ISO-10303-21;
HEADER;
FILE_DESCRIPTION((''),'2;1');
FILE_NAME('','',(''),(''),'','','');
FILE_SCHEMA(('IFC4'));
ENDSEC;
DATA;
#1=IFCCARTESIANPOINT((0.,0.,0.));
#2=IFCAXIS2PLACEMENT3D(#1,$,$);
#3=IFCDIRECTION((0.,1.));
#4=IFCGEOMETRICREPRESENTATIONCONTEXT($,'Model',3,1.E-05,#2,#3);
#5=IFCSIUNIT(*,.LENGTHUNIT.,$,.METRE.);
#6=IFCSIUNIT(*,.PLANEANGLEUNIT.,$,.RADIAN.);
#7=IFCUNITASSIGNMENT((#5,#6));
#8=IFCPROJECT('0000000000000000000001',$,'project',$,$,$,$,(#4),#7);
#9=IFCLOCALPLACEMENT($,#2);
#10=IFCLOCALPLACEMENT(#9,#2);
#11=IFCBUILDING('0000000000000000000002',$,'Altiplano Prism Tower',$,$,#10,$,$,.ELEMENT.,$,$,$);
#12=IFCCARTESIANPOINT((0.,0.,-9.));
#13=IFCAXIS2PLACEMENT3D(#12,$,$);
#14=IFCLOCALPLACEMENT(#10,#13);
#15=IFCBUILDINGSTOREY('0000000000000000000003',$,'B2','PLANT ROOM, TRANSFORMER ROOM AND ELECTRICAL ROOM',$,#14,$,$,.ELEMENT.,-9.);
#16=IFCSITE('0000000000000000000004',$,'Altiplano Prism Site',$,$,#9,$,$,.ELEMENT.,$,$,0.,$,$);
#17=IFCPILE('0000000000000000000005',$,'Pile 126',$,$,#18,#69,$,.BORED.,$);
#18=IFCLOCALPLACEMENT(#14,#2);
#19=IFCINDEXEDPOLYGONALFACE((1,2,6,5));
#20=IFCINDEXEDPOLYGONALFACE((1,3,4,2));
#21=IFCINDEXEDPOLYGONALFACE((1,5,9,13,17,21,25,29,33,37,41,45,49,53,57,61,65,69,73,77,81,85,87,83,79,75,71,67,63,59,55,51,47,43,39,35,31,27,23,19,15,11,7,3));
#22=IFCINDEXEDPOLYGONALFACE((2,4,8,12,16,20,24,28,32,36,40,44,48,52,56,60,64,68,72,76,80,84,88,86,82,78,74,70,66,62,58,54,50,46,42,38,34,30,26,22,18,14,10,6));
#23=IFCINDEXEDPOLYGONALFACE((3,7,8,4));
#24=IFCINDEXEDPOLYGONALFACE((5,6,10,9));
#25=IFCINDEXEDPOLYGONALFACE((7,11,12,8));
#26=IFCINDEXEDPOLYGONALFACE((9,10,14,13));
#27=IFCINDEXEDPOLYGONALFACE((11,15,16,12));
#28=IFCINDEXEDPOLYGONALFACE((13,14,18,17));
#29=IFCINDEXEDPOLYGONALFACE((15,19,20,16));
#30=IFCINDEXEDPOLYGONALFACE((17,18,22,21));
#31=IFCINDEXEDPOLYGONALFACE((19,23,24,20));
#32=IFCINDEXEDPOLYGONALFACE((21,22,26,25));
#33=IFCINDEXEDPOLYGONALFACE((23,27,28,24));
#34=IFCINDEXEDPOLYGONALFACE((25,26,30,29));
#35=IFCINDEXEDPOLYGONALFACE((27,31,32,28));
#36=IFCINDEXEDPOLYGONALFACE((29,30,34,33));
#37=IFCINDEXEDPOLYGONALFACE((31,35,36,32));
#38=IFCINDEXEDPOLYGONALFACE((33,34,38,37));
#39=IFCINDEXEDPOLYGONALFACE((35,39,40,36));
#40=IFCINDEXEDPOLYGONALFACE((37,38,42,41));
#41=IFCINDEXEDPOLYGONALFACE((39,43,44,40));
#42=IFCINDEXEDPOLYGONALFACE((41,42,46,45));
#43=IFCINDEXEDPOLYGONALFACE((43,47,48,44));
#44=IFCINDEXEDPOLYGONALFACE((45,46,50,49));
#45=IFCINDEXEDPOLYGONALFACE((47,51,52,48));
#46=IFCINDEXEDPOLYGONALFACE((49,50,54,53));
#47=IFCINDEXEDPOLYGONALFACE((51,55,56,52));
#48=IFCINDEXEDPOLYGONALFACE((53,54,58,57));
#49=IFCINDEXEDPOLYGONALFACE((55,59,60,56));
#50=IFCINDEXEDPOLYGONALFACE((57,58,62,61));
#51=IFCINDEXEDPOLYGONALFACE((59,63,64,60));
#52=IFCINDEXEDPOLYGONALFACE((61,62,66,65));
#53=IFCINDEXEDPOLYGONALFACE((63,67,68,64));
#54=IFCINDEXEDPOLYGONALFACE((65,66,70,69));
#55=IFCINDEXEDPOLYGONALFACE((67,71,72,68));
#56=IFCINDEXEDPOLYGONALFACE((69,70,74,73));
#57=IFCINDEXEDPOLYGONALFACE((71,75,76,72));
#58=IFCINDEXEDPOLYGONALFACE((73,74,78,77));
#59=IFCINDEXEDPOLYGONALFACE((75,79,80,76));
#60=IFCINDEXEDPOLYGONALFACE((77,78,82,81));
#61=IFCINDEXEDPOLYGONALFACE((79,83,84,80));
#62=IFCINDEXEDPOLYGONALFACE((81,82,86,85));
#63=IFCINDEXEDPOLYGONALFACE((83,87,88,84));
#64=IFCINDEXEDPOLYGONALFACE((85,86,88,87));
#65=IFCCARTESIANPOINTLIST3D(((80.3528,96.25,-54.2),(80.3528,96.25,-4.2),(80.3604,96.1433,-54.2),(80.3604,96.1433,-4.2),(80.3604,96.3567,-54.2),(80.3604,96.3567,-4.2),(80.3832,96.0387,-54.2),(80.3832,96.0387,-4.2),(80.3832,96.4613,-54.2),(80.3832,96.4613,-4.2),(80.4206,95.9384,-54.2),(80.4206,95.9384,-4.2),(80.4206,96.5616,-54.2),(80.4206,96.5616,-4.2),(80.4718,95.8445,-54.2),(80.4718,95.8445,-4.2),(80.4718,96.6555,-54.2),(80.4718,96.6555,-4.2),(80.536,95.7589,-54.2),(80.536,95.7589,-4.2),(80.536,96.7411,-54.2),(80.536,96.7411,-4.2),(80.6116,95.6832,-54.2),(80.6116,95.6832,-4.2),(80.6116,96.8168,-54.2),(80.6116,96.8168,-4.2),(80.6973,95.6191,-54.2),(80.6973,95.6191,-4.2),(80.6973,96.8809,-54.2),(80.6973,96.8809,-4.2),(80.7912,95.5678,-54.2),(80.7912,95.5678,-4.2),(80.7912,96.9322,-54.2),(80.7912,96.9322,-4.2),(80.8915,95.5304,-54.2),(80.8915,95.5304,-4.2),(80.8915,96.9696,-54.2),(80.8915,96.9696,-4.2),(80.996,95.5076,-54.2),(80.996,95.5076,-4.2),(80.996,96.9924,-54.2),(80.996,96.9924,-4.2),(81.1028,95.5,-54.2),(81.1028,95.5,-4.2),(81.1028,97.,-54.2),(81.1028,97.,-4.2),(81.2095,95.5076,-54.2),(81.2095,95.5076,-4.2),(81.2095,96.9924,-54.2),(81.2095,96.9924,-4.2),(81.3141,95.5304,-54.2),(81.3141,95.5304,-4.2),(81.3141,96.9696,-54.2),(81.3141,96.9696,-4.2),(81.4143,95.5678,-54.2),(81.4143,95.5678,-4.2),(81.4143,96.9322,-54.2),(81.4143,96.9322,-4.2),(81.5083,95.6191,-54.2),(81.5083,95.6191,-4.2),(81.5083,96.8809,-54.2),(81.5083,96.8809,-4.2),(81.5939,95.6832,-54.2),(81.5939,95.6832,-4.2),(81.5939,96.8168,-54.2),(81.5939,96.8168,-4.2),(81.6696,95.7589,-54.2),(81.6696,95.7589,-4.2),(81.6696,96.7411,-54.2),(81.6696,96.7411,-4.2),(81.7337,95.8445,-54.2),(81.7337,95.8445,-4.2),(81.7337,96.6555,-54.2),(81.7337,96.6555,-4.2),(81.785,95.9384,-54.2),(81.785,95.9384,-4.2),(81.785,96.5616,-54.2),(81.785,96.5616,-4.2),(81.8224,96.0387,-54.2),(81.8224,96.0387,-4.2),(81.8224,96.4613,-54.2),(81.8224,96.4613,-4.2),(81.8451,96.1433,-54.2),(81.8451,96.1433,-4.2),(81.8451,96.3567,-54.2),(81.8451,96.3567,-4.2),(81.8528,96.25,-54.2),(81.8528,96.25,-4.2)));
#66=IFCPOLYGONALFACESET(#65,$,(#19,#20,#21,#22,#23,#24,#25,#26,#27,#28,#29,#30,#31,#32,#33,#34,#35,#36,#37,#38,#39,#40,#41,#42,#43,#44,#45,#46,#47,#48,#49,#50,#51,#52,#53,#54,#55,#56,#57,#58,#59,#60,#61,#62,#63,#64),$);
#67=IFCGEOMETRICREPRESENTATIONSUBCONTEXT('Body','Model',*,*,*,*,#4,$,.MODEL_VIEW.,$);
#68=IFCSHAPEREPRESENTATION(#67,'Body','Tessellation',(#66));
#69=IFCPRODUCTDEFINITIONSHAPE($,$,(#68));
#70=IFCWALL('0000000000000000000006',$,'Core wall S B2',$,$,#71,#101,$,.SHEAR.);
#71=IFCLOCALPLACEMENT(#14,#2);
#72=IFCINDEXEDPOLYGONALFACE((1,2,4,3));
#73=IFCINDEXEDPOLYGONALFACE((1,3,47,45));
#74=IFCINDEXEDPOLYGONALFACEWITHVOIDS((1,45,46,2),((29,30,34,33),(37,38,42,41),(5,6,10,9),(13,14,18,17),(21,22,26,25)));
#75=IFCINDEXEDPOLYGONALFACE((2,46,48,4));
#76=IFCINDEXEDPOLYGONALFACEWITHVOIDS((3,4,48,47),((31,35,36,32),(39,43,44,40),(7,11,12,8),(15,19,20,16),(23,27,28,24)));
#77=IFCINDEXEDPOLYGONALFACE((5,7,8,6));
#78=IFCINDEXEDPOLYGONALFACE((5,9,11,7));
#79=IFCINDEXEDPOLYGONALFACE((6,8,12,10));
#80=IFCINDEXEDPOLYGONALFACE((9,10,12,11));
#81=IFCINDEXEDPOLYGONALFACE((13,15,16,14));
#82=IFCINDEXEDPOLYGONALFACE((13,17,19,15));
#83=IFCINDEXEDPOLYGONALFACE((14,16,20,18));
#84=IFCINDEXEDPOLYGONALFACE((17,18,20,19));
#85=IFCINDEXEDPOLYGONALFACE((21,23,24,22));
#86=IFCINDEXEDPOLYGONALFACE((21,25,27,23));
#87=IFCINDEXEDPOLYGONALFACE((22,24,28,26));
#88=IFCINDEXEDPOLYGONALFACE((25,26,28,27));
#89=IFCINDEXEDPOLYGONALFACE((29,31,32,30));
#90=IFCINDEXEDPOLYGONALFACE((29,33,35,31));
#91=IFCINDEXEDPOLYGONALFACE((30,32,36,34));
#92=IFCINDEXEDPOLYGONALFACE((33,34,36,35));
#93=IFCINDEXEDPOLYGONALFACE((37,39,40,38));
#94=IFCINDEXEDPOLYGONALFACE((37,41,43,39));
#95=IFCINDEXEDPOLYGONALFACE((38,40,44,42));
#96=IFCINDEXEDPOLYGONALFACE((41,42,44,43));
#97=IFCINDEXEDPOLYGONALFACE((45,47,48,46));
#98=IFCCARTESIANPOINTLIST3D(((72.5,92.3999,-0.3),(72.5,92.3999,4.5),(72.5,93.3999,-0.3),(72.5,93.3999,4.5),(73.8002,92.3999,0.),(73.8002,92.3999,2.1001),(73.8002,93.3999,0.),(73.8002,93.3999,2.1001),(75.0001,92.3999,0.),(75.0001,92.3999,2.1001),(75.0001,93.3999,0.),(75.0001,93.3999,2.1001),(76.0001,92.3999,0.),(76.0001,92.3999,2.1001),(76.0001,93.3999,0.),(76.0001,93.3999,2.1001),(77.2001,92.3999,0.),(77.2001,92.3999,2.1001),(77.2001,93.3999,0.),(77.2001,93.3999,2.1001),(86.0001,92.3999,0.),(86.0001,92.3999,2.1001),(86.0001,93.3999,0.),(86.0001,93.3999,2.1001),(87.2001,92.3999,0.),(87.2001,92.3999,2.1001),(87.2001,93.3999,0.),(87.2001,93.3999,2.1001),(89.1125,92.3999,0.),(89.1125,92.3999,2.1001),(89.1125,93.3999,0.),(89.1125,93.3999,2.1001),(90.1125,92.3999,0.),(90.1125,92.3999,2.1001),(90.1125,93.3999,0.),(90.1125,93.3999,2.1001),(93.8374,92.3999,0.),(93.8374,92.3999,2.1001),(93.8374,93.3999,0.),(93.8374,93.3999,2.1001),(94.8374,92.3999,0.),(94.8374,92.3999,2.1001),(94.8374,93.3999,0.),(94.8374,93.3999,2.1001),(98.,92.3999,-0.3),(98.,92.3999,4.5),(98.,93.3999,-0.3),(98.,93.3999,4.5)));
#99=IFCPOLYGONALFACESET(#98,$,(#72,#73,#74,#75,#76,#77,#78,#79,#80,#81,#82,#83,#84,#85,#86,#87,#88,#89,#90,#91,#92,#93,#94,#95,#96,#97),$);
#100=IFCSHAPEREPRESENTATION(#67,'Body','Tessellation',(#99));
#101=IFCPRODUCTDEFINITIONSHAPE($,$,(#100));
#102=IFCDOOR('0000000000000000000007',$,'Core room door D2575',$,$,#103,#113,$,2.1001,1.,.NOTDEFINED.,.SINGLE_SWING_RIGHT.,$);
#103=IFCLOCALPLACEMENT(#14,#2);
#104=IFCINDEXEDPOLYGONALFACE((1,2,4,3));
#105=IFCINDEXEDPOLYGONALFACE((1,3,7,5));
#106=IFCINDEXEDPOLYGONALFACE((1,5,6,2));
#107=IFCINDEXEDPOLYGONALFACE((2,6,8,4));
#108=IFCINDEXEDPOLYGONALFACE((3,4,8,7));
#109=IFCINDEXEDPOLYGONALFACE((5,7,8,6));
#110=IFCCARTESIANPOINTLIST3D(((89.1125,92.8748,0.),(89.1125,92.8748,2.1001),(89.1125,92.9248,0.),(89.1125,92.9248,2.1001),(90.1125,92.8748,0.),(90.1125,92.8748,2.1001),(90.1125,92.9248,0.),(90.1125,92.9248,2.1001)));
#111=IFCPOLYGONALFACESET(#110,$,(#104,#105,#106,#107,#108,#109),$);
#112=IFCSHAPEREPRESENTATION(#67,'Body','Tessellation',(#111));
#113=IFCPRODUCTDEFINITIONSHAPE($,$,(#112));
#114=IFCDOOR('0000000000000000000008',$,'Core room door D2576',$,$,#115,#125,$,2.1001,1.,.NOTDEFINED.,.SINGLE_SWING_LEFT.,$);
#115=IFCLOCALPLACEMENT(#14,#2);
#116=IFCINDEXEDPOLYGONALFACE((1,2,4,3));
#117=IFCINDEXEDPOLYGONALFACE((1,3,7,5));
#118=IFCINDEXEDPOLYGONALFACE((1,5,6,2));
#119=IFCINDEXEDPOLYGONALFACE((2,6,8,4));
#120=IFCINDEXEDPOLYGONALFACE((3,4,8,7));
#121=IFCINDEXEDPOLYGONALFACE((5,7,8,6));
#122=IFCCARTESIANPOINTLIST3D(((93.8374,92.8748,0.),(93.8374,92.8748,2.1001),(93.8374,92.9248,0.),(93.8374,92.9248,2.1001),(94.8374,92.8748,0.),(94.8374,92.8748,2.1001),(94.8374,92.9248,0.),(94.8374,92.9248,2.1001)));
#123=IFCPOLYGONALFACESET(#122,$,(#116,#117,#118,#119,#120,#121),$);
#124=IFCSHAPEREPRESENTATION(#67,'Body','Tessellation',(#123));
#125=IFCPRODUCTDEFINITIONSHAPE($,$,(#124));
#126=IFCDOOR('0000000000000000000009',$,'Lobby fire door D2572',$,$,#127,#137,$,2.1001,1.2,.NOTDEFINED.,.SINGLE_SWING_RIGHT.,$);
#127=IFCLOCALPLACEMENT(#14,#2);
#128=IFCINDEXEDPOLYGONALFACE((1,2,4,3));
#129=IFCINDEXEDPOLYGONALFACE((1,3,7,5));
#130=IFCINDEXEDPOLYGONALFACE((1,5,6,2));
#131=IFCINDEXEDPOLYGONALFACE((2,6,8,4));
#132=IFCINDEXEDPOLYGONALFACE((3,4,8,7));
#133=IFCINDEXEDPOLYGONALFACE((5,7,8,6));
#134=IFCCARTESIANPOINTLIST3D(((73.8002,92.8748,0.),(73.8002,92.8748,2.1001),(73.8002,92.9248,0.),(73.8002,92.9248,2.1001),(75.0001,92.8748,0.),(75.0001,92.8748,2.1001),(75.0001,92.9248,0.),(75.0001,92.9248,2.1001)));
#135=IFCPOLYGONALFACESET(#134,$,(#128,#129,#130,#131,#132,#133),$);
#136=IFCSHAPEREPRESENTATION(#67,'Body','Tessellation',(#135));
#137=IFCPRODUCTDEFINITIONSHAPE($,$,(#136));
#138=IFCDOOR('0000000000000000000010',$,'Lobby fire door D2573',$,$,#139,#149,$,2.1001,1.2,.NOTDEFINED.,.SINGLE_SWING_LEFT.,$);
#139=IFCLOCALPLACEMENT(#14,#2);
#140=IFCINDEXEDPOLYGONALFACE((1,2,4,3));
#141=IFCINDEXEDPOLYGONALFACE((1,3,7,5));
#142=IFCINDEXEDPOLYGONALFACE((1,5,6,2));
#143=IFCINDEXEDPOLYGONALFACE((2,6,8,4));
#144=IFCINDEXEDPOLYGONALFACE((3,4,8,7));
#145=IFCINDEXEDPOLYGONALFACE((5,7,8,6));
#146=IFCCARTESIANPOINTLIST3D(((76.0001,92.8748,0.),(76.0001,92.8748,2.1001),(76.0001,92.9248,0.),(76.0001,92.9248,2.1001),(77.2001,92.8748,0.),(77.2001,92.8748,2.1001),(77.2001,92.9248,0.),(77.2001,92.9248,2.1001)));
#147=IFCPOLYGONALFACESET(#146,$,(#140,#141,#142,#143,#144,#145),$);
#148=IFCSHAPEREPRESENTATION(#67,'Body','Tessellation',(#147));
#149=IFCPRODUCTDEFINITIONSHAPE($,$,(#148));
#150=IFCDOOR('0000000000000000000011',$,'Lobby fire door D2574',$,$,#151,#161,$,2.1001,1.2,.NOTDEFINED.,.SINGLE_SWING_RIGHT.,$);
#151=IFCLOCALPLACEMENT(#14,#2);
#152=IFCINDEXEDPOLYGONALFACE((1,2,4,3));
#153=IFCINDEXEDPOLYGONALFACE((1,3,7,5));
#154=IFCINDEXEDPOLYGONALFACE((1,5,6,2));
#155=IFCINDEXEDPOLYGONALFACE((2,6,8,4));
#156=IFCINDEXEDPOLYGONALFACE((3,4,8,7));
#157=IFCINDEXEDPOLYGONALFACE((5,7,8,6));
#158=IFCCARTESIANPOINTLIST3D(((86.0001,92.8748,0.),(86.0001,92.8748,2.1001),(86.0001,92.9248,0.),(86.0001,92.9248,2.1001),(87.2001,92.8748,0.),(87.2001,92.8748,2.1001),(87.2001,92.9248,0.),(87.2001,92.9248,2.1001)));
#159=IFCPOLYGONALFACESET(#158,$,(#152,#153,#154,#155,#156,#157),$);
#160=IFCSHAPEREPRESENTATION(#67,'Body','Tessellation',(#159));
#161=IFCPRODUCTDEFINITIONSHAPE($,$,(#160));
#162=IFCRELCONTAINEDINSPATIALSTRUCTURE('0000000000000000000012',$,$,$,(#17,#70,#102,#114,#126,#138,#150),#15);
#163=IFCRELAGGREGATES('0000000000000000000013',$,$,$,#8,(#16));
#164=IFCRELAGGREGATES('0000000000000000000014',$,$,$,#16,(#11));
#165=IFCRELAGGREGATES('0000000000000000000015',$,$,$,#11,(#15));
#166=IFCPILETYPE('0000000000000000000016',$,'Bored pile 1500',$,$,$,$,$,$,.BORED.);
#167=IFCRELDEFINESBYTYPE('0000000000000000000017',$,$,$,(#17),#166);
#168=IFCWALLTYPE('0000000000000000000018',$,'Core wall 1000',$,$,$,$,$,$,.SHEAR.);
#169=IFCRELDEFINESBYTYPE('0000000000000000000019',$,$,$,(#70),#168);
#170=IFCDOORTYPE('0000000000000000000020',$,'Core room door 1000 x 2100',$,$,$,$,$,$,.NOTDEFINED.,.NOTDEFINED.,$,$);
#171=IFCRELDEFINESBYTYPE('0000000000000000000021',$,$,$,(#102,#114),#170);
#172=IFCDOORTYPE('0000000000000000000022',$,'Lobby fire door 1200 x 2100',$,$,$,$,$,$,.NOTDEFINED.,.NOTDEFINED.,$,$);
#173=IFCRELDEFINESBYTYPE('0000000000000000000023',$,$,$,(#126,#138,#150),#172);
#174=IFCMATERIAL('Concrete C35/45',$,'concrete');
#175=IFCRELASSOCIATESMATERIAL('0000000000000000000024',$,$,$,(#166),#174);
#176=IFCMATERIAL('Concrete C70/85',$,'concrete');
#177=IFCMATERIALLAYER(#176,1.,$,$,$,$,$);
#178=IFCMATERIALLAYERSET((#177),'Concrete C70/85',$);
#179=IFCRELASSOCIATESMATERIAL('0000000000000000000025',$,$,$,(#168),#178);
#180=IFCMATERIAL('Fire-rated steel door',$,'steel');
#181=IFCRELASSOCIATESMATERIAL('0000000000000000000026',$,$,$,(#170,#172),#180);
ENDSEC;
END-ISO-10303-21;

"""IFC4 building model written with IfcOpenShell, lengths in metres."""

from ifc_helpers import new_model, si_unit, direction, frame, frame_2d, origin, origin_2d, place, context, subcontext, project, spatial, rectangle, circle, extrude, material, layer, layer_set, material_profile, profile_set, type_object, element, fill, save


model = new_model("IFC4")

# Units and contexts
model_context = context("Model", 3, precision=1e-05, world=origin(), true_north=direction((0.0, 1.0)))
body_context = subcontext(model_context, "Body", "Model", "MODEL_VIEW")
ifc_project = project(units=[si_unit("LENGTHUNIT", "METRE"), si_unit("PLANEANGLEUNIT", "RADIAN")], contexts=[model_context])

# Site, building, storey
site_placement = place(None, origin())
site = spatial("IfcSite", under=ifc_project, at=site_placement, Name="Altiplano Prism Site", CompositionType="ELEMENT", RefElevation=0.0)
building_placement = place(site_placement, origin())
building = spatial("IfcBuilding", under=site, at=building_placement, Name="Altiplano Prism Tower", CompositionType="ELEMENT")
storey_placement = place(building_placement, frame((0.0, 0.0, -9.0)))
storey = spatial("IfcBuildingStorey", under=building, at=storey_placement, Name="B2", Description="PLANT ROOM, TRANSFORMER ROOM AND ELECTRICAL ROOM", CompositionType="ELEMENT", Elevation=-9.0)

# Pile
ifc_material_1 = material(Name="Concrete C35/45", Category="concrete")
ifc_material_profile = material_profile(ifc_material_1, circle(Radius=0.75, at=origin_2d()), Name="Bored pile 1500")
ifc_profile_set = profile_set([ifc_material_profile], Name="Concrete C35/45")
pile_type = type_object("IfcPileType", Name="Bored pile 1500", PredefinedType="BORED", material=ifc_profile_set)
for number, where, z_axis, x_axis, name in (
    (1, (81.1028, 96.25, -4.2), (0.0, 0.0, -1.0), (1.0, 0.0, 0.0), "Pile 126"),
):
    element("IfcPile", number, at=place(storey_placement, frame(where, z_axis=z_axis, x_axis=x_axis)), inside=storey, type_object=pile_type, Name=name, PredefinedType="BORED", context=body_context, shape_type="SweptSolid", body=[
        extrude(circle(Radius=0.75, at=origin_2d()), origin(), (0.0, 0.0, 1.0), 50.0),
    ])

# Wall, openings, doors
ifc_material_2 = material(Name="Concrete C70/85", Category="concrete")
ifc_layer_1 = layer(ifc_material_2, 1.0)
ifc_layer_set_1 = layer_set([ifc_layer_1], Name="Concrete C70/85")
wall_type_1 = type_object("IfcWallType", Name="Core wall 1000", PredefinedType="SHEAR", material=ifc_layer_set_1)
wall_1_placement = place(storey_placement, frame((72.5, 92.8999, -0.3), z_axis=(0.0, 0.0, 1.0), x_axis=(1.0, 0.0, 0.0)))
wall_1 = element("IfcWall", 2, at=wall_1_placement, inside=storey, type_object=wall_type_1, Name="Core wall S B2", PredefinedType="SHEAR", context=body_context, shape_type="SweptSolid", body=[
    extrude(rectangle(XDim=25.5, YDim=1.0, at=frame_2d((12.75, 0.0))), origin(), (0.0, 0.0, 1.0), 4.8),
])
opening_1_placement = place(wall_1_placement, frame((1.3, 0.0, 0.3)))
opening_1 = element("IfcOpeningElement", 3, at=opening_1_placement, cuts=wall_1, PredefinedType="OPENING", context=body_context, shape_type="SweptSolid", body=[
    extrude(rectangle(XDim=1.2, YDim=2.1001, at=frame_2d((0.6001, 1.05))), frame((0.0, 0.5105, 0.0), z_axis=(0.0, -1.0, 0.0), x_axis=(1.0, 0.0, 0.0)), (0.0, 0.0, 1.0), 1.021),
])
opening_2_placement = place(wall_1_placement, frame((3.5, 0.0, 0.3)))
opening_2 = element("IfcOpeningElement", 4, at=opening_2_placement, cuts=wall_1, PredefinedType="OPENING", context=body_context, shape_type="SweptSolid", body=[
    extrude(rectangle(XDim=1.2, YDim=2.1001, at=frame_2d((0.6001, 1.05))), frame((0.0, 0.5105, 0.0), z_axis=(0.0, -1.0, 0.0), x_axis=(1.0, 0.0, 0.0)), (0.0, 0.0, 1.0), 1.021),
])
opening_3_placement = place(wall_1_placement, frame((13.5, 0.0, 0.3)))
opening_3 = element("IfcOpeningElement", 5, at=opening_3_placement, cuts=wall_1, PredefinedType="OPENING", context=body_context, shape_type="SweptSolid", body=[
    extrude(rectangle(XDim=1.2, YDim=2.1001, at=frame_2d((0.6001, 1.05))), frame((0.0, 0.5105, 0.0), z_axis=(0.0, -1.0, 0.0), x_axis=(1.0, 0.0, 0.0)), (0.0, 0.0, 1.0), 1.021),
])
opening_4_placement = place(wall_1_placement, frame((16.6125, 0.0, 0.3)))
opening_4 = element("IfcOpeningElement", 6, at=opening_4_placement, cuts=wall_1, PredefinedType="OPENING", context=body_context, shape_type="SweptSolid", body=[
    extrude(rectangle(XDim=1.0, YDim=2.1001, at=frame_2d((0.5, 1.05))), frame((0.0, 0.5105, 0.0), z_axis=(0.0, -1.0, 0.0), x_axis=(1.0, 0.0, 0.0)), (0.0, 0.0, 1.0), 1.021),
])
opening_5_placement = place(wall_1_placement, frame((21.3374, 0.0, 0.3)))
opening_5 = element("IfcOpeningElement", 7, at=opening_5_placement, cuts=wall_1, PredefinedType="OPENING", context=body_context, shape_type="SweptSolid", body=[
    extrude(rectangle(XDim=1.0, YDim=2.1001, at=frame_2d((0.5, 1.05))), frame((0.0, 0.5105, 0.0), z_axis=(0.0, -1.0, 0.0), x_axis=(1.0, 0.0, 0.0)), (0.0, 0.0, 1.0), 1.021),
])
ifc_material_3 = material(Name="Fire-rated steel door", Category="steel")
door_type_1 = type_object("IfcDoorType", Name="Core room door 1000 x 2100", OperationType="NOTDEFINED", PredefinedType="NOTDEFINED", material=ifc_material_3)
door_1_placement = place(opening_4_placement, origin())
door_1 = element("IfcDoor", 8, at=door_1_placement, inside=storey, type_object=door_type_1, Name="Core room door D2575", OperationType="SINGLE_SWING_RIGHT", OverallHeight=2.1001, OverallWidth=1.0, PredefinedType="NOTDEFINED", context=body_context, shape_type="SweptSolid", body=[
    extrude(rectangle(XDim=1.0, YDim=2.1001, at=frame_2d((0.5, 1.05))), frame((0.0, 0.0249, 0.0), z_axis=(0.0, -1.0, 0.0), x_axis=(1.0, 0.0, 0.0)), (0.0, 0.0, 1.0), 0.05),
])
fill(opening_4, door_1)
door_2_placement = place(opening_5_placement, origin())
door_2 = element("IfcDoor", 9, at=door_2_placement, inside=storey, type_object=door_type_1, Name="Core room door D2576", OperationType="SINGLE_SWING_LEFT", OverallHeight=2.1001, OverallWidth=1.0, PredefinedType="NOTDEFINED", context=body_context, shape_type="SweptSolid", body=[
    extrude(rectangle(XDim=1.0, YDim=2.1001, at=frame_2d((0.5, 1.05))), frame((0.0, 0.0249, 0.0), z_axis=(0.0, -1.0, 0.0), x_axis=(1.0, 0.0, 0.0)), (0.0, 0.0, 1.0), 0.05),
])
fill(opening_5, door_2)
door_type_2 = type_object("IfcDoorType", Name="Lobby fire door 1200 x 2100", OperationType="NOTDEFINED", PredefinedType="NOTDEFINED", material=ifc_material_3)
door_3_placement = place(opening_1_placement, origin())
door_3 = element("IfcDoor", 10, at=door_3_placement, inside=storey, type_object=door_type_2, Name="Lobby fire door D2572", OperationType="SINGLE_SWING_RIGHT", OverallHeight=2.1001, OverallWidth=1.2, PredefinedType="NOTDEFINED", context=body_context, shape_type="SweptSolid", body=[
    extrude(rectangle(XDim=1.2, YDim=2.1001, at=frame_2d((0.6001, 1.05))), frame((0.0, 0.0249, 0.0), z_axis=(0.0, -1.0, 0.0), x_axis=(1.0, 0.0, 0.0)), (0.0, 0.0, 1.0), 0.05),
])
fill(opening_1, door_3)
door_4_placement = place(opening_2_placement, origin())
door_4 = element("IfcDoor", 11, at=door_4_placement, inside=storey, type_object=door_type_2, Name="Lobby fire door D2573", OperationType="SINGLE_SWING_LEFT", OverallHeight=2.1001, OverallWidth=1.2, PredefinedType="NOTDEFINED", context=body_context, shape_type="SweptSolid", body=[
    extrude(rectangle(XDim=1.2, YDim=2.1001, at=frame_2d((0.6001, 1.05))), frame((0.0, 0.0249, 0.0), z_axis=(0.0, -1.0, 0.0), x_axis=(1.0, 0.0, 0.0)), (0.0, 0.0, 1.0), 0.05),
])
fill(opening_2, door_4)
door_5_placement = place(opening_3_placement, origin())
door_5 = element("IfcDoor", 12, at=door_5_placement, inside=storey, type_object=door_type_2, Name="Lobby fire door D2574", OperationType="SINGLE_SWING_RIGHT", OverallHeight=2.1001, OverallWidth=1.2, PredefinedType="NOTDEFINED", context=body_context, shape_type="SweptSolid", body=[
    extrude(rectangle(XDim=1.2, YDim=2.1001, at=frame_2d((0.6001, 1.05))), frame((0.0, 0.0249, 0.0), z_axis=(0.0, -1.0, 0.0), x_axis=(1.0, 0.0, 0.0)), (0.0, 0.0, 1.0), 0.05),
])
fill(opening_3, door_5)

save(model, "model.ifc")
